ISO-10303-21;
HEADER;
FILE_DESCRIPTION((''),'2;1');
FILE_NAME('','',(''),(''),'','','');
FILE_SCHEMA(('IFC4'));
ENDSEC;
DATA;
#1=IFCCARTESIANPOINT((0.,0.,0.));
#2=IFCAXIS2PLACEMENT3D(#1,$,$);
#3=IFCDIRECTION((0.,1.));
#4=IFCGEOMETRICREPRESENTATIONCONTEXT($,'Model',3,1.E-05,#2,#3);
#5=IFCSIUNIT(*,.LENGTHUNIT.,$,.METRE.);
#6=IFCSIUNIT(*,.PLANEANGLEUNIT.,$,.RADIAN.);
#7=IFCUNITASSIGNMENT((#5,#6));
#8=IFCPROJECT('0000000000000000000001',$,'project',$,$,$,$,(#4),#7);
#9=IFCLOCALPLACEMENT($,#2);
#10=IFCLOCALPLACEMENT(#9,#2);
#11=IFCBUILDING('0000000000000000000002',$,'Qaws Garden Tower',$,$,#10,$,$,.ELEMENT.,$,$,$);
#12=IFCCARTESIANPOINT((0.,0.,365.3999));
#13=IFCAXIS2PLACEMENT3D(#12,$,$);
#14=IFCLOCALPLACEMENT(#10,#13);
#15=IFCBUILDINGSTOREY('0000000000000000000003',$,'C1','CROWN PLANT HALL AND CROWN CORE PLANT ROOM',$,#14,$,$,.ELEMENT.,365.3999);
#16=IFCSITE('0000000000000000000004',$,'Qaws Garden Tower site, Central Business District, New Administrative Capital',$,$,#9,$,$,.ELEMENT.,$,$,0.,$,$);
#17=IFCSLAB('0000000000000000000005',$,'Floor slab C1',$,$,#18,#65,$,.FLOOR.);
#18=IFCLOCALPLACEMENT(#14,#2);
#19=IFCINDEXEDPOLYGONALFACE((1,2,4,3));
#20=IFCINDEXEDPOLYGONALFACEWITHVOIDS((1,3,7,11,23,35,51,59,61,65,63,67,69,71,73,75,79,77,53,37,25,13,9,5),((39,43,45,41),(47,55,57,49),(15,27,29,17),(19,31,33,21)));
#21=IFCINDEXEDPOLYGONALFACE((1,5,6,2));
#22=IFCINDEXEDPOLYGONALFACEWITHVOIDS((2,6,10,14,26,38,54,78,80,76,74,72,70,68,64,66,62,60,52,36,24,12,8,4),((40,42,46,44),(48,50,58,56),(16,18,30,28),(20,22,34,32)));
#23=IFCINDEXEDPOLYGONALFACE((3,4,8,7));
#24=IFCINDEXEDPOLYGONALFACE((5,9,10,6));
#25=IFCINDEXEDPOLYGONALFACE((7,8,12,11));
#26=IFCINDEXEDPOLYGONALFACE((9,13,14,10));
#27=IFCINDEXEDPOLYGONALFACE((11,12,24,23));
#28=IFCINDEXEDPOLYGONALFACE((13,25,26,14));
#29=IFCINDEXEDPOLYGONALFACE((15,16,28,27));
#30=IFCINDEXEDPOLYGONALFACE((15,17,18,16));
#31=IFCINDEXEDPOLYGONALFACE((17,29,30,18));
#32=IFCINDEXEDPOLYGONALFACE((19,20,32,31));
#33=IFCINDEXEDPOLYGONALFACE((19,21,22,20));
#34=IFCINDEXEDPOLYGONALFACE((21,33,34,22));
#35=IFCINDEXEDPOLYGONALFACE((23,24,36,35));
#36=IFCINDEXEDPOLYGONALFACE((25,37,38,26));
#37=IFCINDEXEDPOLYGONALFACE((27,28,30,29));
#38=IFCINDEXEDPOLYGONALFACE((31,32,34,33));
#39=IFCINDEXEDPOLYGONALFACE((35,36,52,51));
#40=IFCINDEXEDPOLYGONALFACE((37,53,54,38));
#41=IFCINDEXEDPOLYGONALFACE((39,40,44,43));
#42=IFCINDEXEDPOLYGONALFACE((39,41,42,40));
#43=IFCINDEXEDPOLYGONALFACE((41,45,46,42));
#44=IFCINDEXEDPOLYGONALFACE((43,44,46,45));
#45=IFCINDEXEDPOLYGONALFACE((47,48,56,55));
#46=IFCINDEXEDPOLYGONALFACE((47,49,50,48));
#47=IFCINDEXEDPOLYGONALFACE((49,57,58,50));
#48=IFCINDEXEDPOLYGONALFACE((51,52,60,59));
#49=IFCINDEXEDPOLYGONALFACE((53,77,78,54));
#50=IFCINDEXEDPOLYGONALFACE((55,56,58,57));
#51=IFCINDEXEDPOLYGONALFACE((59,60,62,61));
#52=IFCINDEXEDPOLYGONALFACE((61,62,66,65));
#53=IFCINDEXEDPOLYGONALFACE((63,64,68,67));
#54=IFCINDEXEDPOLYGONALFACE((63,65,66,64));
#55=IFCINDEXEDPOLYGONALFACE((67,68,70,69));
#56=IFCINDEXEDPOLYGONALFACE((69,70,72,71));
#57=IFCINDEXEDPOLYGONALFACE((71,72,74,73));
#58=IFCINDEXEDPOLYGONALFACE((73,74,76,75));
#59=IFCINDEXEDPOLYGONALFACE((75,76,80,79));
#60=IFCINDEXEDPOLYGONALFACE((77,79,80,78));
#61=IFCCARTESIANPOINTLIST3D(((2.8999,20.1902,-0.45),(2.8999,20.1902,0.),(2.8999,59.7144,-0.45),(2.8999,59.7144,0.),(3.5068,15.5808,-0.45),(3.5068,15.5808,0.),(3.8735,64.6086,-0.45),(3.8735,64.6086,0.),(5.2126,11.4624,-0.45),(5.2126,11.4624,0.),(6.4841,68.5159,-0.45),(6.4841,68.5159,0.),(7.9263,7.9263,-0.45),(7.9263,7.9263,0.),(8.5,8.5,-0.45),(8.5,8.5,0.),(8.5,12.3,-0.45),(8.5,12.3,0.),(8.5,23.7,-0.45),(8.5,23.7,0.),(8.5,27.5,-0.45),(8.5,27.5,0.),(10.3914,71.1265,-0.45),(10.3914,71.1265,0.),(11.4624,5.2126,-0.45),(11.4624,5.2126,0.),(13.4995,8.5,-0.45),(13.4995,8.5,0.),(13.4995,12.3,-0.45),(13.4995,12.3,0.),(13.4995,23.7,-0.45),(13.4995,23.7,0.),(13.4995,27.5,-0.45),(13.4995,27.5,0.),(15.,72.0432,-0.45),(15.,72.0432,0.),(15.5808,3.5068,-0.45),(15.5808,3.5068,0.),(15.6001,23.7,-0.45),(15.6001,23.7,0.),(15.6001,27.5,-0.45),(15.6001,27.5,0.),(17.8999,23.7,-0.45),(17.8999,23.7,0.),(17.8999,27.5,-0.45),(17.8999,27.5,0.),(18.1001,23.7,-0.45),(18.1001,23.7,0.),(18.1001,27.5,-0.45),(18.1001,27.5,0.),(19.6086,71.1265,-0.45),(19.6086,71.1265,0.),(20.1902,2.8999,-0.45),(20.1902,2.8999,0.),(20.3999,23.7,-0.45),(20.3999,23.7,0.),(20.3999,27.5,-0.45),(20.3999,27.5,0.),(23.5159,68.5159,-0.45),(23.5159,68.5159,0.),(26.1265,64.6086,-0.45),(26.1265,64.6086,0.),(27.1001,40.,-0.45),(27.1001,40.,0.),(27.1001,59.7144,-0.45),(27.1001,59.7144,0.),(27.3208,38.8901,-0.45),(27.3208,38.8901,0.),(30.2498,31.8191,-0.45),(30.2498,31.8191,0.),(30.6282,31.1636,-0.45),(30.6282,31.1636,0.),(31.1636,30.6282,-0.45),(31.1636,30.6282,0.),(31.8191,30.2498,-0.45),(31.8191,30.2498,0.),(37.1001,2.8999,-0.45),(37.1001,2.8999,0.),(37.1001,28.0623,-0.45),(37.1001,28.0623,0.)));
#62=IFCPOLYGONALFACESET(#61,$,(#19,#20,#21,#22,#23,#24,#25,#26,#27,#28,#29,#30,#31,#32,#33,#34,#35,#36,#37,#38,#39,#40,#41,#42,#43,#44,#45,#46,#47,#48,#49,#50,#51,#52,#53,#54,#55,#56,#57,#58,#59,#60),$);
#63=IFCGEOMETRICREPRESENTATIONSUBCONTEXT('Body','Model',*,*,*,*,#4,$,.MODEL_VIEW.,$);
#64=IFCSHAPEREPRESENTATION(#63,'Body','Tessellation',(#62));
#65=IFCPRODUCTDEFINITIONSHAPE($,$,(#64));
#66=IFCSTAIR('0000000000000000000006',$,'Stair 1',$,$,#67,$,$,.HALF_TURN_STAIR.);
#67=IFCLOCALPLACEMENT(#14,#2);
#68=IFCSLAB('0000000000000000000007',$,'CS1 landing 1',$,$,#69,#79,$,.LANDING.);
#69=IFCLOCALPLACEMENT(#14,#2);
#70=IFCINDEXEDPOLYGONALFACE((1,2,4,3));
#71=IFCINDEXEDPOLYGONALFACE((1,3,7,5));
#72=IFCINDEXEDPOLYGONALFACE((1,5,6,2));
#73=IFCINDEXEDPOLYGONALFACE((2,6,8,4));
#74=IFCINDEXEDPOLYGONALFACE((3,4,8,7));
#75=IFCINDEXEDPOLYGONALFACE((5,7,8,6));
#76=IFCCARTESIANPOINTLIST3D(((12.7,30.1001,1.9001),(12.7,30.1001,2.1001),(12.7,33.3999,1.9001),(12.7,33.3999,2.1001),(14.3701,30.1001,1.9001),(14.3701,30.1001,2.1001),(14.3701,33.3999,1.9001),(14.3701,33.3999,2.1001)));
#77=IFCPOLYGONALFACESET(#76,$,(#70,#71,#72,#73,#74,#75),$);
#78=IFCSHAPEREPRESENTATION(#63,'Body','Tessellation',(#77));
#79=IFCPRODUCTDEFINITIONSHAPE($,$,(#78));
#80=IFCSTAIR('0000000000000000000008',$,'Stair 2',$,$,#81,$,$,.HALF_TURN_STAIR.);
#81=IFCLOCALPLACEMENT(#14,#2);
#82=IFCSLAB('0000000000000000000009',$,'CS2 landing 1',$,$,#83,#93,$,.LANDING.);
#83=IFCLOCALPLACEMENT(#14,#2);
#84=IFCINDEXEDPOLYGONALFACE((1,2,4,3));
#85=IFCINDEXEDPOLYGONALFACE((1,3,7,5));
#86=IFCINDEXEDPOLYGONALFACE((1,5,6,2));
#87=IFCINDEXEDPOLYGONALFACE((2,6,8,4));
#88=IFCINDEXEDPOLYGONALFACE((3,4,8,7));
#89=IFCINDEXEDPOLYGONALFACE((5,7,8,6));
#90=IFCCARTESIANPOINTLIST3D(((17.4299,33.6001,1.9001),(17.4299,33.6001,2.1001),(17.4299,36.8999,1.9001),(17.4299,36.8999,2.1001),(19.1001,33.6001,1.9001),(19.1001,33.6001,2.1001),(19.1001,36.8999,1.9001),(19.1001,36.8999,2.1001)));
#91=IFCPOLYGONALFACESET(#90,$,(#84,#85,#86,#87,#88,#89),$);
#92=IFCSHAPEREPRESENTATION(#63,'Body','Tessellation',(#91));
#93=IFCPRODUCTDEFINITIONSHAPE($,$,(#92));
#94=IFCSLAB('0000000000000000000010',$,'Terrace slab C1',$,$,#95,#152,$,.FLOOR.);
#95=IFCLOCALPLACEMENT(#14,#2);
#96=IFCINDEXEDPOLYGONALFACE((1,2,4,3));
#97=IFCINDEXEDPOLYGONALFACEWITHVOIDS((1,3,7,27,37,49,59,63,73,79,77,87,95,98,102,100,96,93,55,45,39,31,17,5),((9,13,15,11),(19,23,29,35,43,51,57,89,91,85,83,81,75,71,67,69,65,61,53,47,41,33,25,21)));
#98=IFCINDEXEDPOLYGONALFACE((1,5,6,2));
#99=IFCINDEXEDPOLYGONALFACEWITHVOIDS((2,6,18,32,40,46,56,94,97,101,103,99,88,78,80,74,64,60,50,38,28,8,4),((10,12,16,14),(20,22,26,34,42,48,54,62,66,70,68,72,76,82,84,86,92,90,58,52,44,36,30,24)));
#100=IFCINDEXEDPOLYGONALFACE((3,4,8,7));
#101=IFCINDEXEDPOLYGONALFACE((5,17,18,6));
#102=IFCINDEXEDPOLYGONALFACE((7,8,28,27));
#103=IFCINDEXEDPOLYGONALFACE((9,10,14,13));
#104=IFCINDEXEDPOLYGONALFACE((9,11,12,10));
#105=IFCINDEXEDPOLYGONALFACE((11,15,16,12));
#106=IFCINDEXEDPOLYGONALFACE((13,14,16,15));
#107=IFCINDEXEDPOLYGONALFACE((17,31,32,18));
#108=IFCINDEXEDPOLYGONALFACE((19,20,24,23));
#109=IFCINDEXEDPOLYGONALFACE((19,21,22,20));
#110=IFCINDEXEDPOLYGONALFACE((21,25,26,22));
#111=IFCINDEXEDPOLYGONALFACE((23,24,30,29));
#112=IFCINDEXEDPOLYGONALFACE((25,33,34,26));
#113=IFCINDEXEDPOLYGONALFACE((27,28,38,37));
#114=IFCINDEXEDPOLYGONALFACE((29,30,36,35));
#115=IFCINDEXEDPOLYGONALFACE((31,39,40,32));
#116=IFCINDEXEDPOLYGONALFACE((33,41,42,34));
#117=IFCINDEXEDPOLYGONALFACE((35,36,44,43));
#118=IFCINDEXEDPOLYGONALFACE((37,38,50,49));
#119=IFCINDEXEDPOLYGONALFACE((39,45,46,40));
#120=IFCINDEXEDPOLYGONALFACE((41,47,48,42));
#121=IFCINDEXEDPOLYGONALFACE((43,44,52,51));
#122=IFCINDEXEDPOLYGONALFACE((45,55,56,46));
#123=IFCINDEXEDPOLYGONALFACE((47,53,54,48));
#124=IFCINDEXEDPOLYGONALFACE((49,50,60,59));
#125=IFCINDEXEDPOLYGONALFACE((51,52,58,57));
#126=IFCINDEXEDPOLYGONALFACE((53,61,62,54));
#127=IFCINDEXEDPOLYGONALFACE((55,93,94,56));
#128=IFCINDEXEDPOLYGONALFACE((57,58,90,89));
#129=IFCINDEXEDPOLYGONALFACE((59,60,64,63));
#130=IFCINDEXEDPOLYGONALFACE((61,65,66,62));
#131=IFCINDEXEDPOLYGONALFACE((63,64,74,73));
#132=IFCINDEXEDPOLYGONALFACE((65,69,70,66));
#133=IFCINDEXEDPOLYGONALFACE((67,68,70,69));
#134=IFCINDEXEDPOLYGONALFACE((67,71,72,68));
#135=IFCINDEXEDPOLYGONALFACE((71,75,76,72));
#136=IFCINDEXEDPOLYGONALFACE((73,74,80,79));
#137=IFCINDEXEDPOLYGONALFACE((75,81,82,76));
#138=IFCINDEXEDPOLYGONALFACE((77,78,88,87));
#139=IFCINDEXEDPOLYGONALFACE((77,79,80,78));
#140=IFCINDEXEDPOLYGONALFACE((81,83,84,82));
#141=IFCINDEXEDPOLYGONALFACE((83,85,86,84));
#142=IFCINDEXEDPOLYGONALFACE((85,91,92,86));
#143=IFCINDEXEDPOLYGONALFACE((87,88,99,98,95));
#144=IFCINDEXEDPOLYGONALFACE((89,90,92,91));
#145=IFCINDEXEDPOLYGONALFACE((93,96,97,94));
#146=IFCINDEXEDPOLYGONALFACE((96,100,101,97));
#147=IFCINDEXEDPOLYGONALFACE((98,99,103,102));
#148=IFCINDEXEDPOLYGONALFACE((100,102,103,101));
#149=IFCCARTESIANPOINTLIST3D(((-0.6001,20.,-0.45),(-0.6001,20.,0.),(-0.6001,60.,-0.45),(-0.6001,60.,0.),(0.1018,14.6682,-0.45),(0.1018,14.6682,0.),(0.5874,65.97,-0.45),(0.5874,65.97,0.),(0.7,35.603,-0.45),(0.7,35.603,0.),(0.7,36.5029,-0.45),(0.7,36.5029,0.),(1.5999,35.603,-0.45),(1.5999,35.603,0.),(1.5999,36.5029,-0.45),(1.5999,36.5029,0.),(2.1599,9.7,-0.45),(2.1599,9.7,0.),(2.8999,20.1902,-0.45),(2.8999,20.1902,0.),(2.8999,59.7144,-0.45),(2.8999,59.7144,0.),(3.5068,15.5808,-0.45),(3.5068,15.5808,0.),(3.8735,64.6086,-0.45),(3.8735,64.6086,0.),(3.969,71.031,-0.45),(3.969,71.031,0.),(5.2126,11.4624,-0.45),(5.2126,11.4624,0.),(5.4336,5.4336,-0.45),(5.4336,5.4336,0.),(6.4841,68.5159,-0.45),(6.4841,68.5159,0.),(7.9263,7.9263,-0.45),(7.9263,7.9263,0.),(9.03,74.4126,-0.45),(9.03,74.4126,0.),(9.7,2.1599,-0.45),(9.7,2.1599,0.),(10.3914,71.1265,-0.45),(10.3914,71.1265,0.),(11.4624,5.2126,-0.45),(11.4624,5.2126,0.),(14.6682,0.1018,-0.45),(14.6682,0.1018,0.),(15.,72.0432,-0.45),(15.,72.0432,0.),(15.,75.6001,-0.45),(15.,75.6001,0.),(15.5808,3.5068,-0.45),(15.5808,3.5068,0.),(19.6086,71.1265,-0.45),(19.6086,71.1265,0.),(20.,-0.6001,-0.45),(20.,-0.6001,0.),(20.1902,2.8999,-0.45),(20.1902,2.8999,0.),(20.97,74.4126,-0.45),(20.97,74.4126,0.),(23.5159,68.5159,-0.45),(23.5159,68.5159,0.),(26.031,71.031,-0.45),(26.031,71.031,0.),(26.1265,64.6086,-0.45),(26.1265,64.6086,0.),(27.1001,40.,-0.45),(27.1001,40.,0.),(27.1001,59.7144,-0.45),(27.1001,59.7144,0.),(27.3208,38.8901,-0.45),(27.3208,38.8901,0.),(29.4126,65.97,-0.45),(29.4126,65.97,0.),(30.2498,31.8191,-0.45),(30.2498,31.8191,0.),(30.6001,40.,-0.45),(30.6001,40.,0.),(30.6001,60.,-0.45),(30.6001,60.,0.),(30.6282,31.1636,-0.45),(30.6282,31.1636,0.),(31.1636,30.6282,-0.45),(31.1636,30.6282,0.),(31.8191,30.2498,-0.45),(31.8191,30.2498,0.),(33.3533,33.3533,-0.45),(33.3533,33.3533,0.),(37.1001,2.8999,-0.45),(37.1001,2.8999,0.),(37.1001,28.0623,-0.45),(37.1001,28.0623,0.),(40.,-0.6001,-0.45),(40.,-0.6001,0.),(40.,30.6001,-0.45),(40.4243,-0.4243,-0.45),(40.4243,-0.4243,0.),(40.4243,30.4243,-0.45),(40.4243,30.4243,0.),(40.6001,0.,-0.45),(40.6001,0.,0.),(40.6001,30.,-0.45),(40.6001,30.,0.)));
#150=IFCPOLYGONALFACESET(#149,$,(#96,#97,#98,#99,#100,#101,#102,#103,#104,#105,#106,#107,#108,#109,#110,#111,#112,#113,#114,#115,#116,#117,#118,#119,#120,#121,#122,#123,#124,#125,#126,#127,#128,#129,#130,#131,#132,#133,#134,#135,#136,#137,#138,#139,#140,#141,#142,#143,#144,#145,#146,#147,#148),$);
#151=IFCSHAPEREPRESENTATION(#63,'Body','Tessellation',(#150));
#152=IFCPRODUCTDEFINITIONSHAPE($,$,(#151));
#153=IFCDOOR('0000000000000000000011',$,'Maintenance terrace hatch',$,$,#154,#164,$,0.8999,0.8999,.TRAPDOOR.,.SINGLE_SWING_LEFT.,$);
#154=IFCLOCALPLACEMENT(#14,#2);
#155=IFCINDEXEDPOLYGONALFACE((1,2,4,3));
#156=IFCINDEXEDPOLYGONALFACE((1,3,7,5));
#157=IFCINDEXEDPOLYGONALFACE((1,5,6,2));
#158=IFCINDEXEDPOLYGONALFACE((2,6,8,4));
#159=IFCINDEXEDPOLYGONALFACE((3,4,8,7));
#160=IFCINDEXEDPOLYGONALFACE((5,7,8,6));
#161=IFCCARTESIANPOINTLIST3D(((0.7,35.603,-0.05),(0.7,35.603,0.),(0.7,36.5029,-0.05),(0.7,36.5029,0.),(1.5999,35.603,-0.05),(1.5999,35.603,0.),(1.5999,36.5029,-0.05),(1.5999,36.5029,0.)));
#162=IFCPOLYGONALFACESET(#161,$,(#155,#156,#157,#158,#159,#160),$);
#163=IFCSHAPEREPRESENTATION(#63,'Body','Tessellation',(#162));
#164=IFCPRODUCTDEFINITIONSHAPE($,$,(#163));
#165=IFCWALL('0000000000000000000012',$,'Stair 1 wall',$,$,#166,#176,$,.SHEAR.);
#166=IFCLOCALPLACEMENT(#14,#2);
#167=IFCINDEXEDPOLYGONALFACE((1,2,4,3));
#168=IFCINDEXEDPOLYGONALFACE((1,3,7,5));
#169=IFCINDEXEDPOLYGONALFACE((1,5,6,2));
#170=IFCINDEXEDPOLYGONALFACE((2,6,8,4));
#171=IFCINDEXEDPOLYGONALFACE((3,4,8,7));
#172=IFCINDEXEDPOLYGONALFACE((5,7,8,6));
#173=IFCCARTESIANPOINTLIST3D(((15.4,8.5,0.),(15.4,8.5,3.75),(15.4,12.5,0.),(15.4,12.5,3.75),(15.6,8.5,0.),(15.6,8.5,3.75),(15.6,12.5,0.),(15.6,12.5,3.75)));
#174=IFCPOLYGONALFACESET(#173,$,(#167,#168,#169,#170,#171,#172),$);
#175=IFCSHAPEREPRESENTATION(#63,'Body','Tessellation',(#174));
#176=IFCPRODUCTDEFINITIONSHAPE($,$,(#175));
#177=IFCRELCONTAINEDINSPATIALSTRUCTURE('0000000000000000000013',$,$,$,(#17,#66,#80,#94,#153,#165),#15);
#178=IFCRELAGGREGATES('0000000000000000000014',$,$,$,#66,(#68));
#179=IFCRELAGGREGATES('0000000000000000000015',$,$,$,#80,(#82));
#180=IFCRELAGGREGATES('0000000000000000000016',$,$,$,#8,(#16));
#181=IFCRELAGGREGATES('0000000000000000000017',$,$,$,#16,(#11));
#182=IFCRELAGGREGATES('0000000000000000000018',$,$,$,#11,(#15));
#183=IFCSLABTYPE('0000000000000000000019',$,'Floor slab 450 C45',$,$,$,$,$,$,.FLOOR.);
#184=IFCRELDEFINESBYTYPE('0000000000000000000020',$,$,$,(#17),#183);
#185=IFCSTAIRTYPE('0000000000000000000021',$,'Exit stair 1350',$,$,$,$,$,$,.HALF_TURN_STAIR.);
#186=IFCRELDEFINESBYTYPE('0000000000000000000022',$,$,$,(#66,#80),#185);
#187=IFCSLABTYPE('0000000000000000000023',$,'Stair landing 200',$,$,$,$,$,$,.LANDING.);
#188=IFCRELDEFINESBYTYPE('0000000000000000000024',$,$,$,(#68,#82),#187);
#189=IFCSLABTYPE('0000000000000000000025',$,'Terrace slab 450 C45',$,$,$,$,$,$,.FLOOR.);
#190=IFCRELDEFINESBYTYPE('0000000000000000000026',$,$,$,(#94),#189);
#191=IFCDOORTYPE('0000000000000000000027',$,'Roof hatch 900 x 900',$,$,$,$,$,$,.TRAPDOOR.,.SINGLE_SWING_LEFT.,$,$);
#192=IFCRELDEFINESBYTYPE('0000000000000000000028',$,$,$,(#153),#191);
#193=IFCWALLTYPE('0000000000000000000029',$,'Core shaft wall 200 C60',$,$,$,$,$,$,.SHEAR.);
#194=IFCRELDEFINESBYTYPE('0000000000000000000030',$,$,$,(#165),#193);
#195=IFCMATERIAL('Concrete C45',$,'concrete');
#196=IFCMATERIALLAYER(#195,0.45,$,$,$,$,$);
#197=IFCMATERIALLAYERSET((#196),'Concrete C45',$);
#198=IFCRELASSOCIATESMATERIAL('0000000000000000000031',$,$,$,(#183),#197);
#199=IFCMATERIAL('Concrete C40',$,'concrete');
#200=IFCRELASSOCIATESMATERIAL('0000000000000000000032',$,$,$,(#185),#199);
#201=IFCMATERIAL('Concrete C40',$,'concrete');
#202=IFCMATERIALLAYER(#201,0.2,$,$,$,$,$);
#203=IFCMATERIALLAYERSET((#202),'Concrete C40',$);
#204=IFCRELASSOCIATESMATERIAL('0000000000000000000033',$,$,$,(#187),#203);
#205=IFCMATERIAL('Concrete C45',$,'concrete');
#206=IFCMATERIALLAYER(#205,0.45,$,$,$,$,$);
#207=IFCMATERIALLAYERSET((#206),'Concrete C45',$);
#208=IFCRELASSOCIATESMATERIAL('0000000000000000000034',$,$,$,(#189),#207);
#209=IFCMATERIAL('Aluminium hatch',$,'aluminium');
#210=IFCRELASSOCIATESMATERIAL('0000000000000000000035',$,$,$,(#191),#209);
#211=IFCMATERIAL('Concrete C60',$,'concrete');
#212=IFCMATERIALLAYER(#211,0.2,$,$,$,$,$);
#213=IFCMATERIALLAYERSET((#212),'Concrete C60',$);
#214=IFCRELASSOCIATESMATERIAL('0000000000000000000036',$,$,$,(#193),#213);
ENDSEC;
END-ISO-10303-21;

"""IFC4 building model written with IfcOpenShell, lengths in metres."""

from ifc_helpers import new_model, si_unit, direction, frame, frame_2d, origin, origin_2d, place, context, subcontext, project, spatial, polyline, rectangle, outline, extrude, material, layer, layer_set, type_object, element, fill, aggregate, save


model = new_model("IFC4")

# Units and contexts
model_context = context("Model", 3, precision=1e-05, world=origin(), true_north=direction((0.0, 1.0)))
body_context = subcontext(model_context, "Body", "Model", "MODEL_VIEW")
ifc_project = project(units=[si_unit("LENGTHUNIT", "METRE"), si_unit("PLANEANGLEUNIT", "RADIAN")], contexts=[model_context])

# Site, building, storey
site_placement = place(None, origin())
site = spatial("IfcSite", under=ifc_project, at=site_placement, Name="Qaws Garden Tower site, Central Business District, New Administrative Capital", CompositionType="ELEMENT", RefElevation=0.0)
building_placement = place(site_placement, origin())
building = spatial("IfcBuilding", under=site, at=building_placement, Name="Qaws Garden Tower", CompositionType="ELEMENT")
storey_placement = place(building_placement, frame((0.0, 0.0, 365.3999)))
storey = spatial("IfcBuildingStorey", under=building, at=storey_placement, Name="C1", Description="CROWN PLANT HALL AND CROWN CORE PLANT ROOM", CompositionType="ELEMENT", Elevation=365.3999)

# Slab
ifc_material_1 = material(Name="Concrete C45", Category="concrete")
ifc_layer_1 = layer(ifc_material_1, 0.45)
ifc_layer_set_1 = layer_set([ifc_layer_1], Name="Concrete C45")
slab_type_1 = type_object("IfcSlabType", Name="Floor slab 450 C45", PredefinedType="FLOOR", material=ifc_layer_set_1)
placement_1 = place(storey_placement, frame((0.0, 0.0, -0.45)))
element("IfcSlab", 1, at=placement_1, inside=storey, type_object=slab_type_1, Name="Floor slab C1", PredefinedType="FLOOR", context=body_context, shape_type="SweptSolid", body=[
    extrude(outline(polyline([(15.5808, 3.5068), (11.4624, 5.2126), (7.9263, 7.9263), (5.2126, 11.4624), (3.5068, 15.5808), (2.8999, 20.1902), (2.8999, 59.7144), (3.8735, 64.6086), (6.4841, 68.5159), (10.3914, 71.1265), (15.0, 72.0432), (19.6086, 71.1265), (23.5159, 68.5159), (26.1265, 64.6086), (27.1001, 59.7144), (27.1001, 40.0), (27.3208, 38.8901), (30.2498, 31.8191), (30.6282, 31.1636), (31.1636, 30.6282), (31.8191, 30.2498), (37.1001, 28.0623), (37.1001, 2.8999), (20.1902, 2.8999), (15.5808, 3.5068)]), holes=[polyline([(8.5, 8.5), (13.4995, 8.5), (13.4995, 12.3), (8.5, 12.3), (8.5, 8.5)]), polyline([(8.5, 23.7), (13.4995, 23.7), (13.4995, 27.5), (8.5, 27.5), (8.5, 23.7)]), polyline([(15.6001, 23.7), (17.8999, 23.7), (17.8999, 27.5), (15.6001, 27.5), (15.6001, 23.7)]), polyline([(18.1001, 23.7), (20.3999, 23.7), (20.3999, 27.5), (18.1001, 27.5), (18.1001, 23.7)])]), origin(), (0.0, 0.0, 1.0), 0.45),
])

# Stairs, slabs
ifc_material_2 = material(Name="Concrete C40", Category="concrete")
stair_type = type_object("IfcStairType", Name="Exit stair 1350", PredefinedType="HALF_TURN_STAIR", material=ifc_material_2)
placement_2 = place(storey_placement, origin())
stair_1 = element("IfcStair", 2, at=placement_2, inside=storey, type_object=stair_type, Name="Stair 1", PredefinedType="HALF_TURN_STAIR")
ifc_material_3 = material(Name="Concrete C40", Category="concrete")
ifc_layer_2 = layer(ifc_material_3, 0.2)
ifc_layer_set_2 = layer_set([ifc_layer_2], Name="Concrete C40")
slab_type_2 = type_object("IfcSlabType", Name="Stair landing 200", PredefinedType="LANDING", material=ifc_layer_set_2)
placement_3 = place(storey_placement, frame((0.0, 0.0, 1.9001)))
slab_1 = element("IfcSlab", 3, at=placement_3, type_object=slab_type_2, Name="CS1 landing 1", PredefinedType="LANDING", context=body_context, shape_type="SweptSolid", body=[
    extrude(outline(polyline([(12.7, 30.1001), (14.3701, 30.1001), (14.3701, 33.3999), (12.7, 33.3999), (12.7, 30.1001)])), origin(), (0.0, 0.0, 1.0), 0.2),
])
aggregate(stair_1, [slab_1])
stair_2 = element("IfcStair", 4, at=placement_2, inside=storey, type_object=stair_type, Name="Stair 2", PredefinedType="HALF_TURN_STAIR")
slab_2 = element("IfcSlab", 5, at=placement_3, type_object=slab_type_2, Name="CS2 landing 1", PredefinedType="LANDING", context=body_context, shape_type="SweptSolid", body=[
    extrude(outline(polyline([(17.4299, 33.6001), (19.1001, 33.6001), (19.1001, 36.8999), (17.4299, 36.8999), (17.4299, 33.6001)])), origin(), (0.0, 0.0, 1.0), 0.2),
])
aggregate(stair_2, [slab_2])

# Slab, opening, door
ifc_material_4 = material(Name="Concrete C45", Category="concrete")
ifc_layer_3 = layer(ifc_material_4, 0.45)
ifc_layer_set_3 = layer_set([ifc_layer_3], Name="Concrete C45")
slab_type_3 = type_object("IfcSlabType", Name="Terrace slab 450 C45", PredefinedType="FLOOR", material=ifc_layer_set_3)
slab_3 = element("IfcSlab", 6, at=placement_1, inside=storey, type_object=slab_type_3, Name="Terrace slab C1", PredefinedType="FLOOR", context=body_context, shape_type="SweptSolid", body=[
    extrude(outline(polyline([(0.1018, 14.6682), (-0.6001, 20.0), (-0.6001, 30.6001), (-0.6001, 60.0), (-0.6001, 60.0), (0.5874, 65.97), (3.969, 71.031), (9.03, 74.4126), (15.0, 75.6001), (20.97, 74.4126), (26.031, 71.031), (29.4126, 65.97), (30.6001, 60.0), (30.6001, 40.0), (33.3533, 33.3533), (40.0, 30.6001), (40.4243, 30.4243), (40.6001, 30.0), (40.6001, 0.0), (40.4243, -0.4243), (40.0, -0.6001), (30.6001, -0.6001), (20.0, -0.6001), (14.6682, 0.1018), (9.7, 2.1599), (5.4336, 5.4336), (2.1599, 9.7), (0.1018, 14.6682)]), holes=[polyline([(37.1001, 2.8999), (37.1001, 28.0623), (31.8191, 30.2498), (31.1636, 30.6282), (30.6282, 31.1636), (30.2498, 31.8191), (27.3208, 38.8901), (27.1001, 40.0), (27.1001, 59.7144), (26.1265, 64.6086), (23.5159, 68.5159), (19.6086, 71.1265), (15.0, 72.0432), (10.3914, 71.1265), (6.4841, 68.5159), (3.8735, 64.6086), (2.8999, 59.7144), (2.8999, 20.1902), (3.5068, 15.5808), (5.2126, 11.4624), (7.9263, 7.9263), (11.4624, 5.2126), (15.5808, 3.5068), (20.1902, 2.8999), (37.1001, 2.8999)])]), origin(), (0.0, 0.0, 1.0), 0.45),
])
opening_1_placement = place(placement_1, frame((1.1499, 36.053, 0.0)))
opening_1 = element("IfcOpeningElement", 7, at=opening_1_placement, cuts=slab_3, PredefinedType="OPENING", context=body_context, shape_type="SweptSolid", body=[
    extrude(rectangle(XDim=0.8999, YDim=0.8999, at=origin_2d()), origin(), (0.0, 0.0, 1.0), 0.45),
])
ifc_material_5 = material(Name="Aluminium hatch", Category="aluminium")
door_type_1 = type_object("IfcDoorType", Name="Roof hatch 900 x 900", OperationType="SINGLE_SWING_LEFT", PredefinedType="TRAPDOOR", material=ifc_material_5)
door_1_placement = place(opening_1_placement, frame((0.0, 0.0, 0.3999)))
door_1 = element("IfcDoor", 8, at=door_1_placement, inside=storey, type_object=door_type_1, Name="Maintenance terrace hatch", OperationType="SINGLE_SWING_LEFT", OverallHeight=0.8999, OverallWidth=0.8999, PredefinedType="TRAPDOOR", context=body_context, shape_type="SweptSolid", body=[
    extrude(rectangle(XDim=0.8999, YDim=0.8999, at=origin_2d()), origin(), (0.0, 0.0, 1.0), 0.05),
])
fill(opening_1, door_1)

# Wall
ifc_material_6 = material(Name="Concrete C60", Category="concrete")
ifc_layer_4 = layer(ifc_material_6, 0.2)
ifc_layer_set_4 = layer_set([ifc_layer_4], Name="Concrete C60")
wall_type_1 = type_object("IfcWallType", Name="Core shaft wall 200 C60", PredefinedType="SHEAR", material=ifc_layer_set_4)
wall_1_placement = place(storey_placement, frame((15.5, 8.5, 0.0), z_axis=(0.0, 0.0, 1.0), x_axis=(0.0, 1.0, 0.0)))
element("IfcWall", 9, at=wall_1_placement, inside=storey, type_object=wall_type_1, Name="Stair 1 wall", PredefinedType="SHEAR", context=body_context, shape_type="SweptSolid", body=[
    extrude(rectangle(XDim=4.0, YDim=0.2, at=frame_2d((2.0, 0.0))), origin(), (0.0, 0.0, 1.0), 3.75),
])

save(model, "model.ifc")
